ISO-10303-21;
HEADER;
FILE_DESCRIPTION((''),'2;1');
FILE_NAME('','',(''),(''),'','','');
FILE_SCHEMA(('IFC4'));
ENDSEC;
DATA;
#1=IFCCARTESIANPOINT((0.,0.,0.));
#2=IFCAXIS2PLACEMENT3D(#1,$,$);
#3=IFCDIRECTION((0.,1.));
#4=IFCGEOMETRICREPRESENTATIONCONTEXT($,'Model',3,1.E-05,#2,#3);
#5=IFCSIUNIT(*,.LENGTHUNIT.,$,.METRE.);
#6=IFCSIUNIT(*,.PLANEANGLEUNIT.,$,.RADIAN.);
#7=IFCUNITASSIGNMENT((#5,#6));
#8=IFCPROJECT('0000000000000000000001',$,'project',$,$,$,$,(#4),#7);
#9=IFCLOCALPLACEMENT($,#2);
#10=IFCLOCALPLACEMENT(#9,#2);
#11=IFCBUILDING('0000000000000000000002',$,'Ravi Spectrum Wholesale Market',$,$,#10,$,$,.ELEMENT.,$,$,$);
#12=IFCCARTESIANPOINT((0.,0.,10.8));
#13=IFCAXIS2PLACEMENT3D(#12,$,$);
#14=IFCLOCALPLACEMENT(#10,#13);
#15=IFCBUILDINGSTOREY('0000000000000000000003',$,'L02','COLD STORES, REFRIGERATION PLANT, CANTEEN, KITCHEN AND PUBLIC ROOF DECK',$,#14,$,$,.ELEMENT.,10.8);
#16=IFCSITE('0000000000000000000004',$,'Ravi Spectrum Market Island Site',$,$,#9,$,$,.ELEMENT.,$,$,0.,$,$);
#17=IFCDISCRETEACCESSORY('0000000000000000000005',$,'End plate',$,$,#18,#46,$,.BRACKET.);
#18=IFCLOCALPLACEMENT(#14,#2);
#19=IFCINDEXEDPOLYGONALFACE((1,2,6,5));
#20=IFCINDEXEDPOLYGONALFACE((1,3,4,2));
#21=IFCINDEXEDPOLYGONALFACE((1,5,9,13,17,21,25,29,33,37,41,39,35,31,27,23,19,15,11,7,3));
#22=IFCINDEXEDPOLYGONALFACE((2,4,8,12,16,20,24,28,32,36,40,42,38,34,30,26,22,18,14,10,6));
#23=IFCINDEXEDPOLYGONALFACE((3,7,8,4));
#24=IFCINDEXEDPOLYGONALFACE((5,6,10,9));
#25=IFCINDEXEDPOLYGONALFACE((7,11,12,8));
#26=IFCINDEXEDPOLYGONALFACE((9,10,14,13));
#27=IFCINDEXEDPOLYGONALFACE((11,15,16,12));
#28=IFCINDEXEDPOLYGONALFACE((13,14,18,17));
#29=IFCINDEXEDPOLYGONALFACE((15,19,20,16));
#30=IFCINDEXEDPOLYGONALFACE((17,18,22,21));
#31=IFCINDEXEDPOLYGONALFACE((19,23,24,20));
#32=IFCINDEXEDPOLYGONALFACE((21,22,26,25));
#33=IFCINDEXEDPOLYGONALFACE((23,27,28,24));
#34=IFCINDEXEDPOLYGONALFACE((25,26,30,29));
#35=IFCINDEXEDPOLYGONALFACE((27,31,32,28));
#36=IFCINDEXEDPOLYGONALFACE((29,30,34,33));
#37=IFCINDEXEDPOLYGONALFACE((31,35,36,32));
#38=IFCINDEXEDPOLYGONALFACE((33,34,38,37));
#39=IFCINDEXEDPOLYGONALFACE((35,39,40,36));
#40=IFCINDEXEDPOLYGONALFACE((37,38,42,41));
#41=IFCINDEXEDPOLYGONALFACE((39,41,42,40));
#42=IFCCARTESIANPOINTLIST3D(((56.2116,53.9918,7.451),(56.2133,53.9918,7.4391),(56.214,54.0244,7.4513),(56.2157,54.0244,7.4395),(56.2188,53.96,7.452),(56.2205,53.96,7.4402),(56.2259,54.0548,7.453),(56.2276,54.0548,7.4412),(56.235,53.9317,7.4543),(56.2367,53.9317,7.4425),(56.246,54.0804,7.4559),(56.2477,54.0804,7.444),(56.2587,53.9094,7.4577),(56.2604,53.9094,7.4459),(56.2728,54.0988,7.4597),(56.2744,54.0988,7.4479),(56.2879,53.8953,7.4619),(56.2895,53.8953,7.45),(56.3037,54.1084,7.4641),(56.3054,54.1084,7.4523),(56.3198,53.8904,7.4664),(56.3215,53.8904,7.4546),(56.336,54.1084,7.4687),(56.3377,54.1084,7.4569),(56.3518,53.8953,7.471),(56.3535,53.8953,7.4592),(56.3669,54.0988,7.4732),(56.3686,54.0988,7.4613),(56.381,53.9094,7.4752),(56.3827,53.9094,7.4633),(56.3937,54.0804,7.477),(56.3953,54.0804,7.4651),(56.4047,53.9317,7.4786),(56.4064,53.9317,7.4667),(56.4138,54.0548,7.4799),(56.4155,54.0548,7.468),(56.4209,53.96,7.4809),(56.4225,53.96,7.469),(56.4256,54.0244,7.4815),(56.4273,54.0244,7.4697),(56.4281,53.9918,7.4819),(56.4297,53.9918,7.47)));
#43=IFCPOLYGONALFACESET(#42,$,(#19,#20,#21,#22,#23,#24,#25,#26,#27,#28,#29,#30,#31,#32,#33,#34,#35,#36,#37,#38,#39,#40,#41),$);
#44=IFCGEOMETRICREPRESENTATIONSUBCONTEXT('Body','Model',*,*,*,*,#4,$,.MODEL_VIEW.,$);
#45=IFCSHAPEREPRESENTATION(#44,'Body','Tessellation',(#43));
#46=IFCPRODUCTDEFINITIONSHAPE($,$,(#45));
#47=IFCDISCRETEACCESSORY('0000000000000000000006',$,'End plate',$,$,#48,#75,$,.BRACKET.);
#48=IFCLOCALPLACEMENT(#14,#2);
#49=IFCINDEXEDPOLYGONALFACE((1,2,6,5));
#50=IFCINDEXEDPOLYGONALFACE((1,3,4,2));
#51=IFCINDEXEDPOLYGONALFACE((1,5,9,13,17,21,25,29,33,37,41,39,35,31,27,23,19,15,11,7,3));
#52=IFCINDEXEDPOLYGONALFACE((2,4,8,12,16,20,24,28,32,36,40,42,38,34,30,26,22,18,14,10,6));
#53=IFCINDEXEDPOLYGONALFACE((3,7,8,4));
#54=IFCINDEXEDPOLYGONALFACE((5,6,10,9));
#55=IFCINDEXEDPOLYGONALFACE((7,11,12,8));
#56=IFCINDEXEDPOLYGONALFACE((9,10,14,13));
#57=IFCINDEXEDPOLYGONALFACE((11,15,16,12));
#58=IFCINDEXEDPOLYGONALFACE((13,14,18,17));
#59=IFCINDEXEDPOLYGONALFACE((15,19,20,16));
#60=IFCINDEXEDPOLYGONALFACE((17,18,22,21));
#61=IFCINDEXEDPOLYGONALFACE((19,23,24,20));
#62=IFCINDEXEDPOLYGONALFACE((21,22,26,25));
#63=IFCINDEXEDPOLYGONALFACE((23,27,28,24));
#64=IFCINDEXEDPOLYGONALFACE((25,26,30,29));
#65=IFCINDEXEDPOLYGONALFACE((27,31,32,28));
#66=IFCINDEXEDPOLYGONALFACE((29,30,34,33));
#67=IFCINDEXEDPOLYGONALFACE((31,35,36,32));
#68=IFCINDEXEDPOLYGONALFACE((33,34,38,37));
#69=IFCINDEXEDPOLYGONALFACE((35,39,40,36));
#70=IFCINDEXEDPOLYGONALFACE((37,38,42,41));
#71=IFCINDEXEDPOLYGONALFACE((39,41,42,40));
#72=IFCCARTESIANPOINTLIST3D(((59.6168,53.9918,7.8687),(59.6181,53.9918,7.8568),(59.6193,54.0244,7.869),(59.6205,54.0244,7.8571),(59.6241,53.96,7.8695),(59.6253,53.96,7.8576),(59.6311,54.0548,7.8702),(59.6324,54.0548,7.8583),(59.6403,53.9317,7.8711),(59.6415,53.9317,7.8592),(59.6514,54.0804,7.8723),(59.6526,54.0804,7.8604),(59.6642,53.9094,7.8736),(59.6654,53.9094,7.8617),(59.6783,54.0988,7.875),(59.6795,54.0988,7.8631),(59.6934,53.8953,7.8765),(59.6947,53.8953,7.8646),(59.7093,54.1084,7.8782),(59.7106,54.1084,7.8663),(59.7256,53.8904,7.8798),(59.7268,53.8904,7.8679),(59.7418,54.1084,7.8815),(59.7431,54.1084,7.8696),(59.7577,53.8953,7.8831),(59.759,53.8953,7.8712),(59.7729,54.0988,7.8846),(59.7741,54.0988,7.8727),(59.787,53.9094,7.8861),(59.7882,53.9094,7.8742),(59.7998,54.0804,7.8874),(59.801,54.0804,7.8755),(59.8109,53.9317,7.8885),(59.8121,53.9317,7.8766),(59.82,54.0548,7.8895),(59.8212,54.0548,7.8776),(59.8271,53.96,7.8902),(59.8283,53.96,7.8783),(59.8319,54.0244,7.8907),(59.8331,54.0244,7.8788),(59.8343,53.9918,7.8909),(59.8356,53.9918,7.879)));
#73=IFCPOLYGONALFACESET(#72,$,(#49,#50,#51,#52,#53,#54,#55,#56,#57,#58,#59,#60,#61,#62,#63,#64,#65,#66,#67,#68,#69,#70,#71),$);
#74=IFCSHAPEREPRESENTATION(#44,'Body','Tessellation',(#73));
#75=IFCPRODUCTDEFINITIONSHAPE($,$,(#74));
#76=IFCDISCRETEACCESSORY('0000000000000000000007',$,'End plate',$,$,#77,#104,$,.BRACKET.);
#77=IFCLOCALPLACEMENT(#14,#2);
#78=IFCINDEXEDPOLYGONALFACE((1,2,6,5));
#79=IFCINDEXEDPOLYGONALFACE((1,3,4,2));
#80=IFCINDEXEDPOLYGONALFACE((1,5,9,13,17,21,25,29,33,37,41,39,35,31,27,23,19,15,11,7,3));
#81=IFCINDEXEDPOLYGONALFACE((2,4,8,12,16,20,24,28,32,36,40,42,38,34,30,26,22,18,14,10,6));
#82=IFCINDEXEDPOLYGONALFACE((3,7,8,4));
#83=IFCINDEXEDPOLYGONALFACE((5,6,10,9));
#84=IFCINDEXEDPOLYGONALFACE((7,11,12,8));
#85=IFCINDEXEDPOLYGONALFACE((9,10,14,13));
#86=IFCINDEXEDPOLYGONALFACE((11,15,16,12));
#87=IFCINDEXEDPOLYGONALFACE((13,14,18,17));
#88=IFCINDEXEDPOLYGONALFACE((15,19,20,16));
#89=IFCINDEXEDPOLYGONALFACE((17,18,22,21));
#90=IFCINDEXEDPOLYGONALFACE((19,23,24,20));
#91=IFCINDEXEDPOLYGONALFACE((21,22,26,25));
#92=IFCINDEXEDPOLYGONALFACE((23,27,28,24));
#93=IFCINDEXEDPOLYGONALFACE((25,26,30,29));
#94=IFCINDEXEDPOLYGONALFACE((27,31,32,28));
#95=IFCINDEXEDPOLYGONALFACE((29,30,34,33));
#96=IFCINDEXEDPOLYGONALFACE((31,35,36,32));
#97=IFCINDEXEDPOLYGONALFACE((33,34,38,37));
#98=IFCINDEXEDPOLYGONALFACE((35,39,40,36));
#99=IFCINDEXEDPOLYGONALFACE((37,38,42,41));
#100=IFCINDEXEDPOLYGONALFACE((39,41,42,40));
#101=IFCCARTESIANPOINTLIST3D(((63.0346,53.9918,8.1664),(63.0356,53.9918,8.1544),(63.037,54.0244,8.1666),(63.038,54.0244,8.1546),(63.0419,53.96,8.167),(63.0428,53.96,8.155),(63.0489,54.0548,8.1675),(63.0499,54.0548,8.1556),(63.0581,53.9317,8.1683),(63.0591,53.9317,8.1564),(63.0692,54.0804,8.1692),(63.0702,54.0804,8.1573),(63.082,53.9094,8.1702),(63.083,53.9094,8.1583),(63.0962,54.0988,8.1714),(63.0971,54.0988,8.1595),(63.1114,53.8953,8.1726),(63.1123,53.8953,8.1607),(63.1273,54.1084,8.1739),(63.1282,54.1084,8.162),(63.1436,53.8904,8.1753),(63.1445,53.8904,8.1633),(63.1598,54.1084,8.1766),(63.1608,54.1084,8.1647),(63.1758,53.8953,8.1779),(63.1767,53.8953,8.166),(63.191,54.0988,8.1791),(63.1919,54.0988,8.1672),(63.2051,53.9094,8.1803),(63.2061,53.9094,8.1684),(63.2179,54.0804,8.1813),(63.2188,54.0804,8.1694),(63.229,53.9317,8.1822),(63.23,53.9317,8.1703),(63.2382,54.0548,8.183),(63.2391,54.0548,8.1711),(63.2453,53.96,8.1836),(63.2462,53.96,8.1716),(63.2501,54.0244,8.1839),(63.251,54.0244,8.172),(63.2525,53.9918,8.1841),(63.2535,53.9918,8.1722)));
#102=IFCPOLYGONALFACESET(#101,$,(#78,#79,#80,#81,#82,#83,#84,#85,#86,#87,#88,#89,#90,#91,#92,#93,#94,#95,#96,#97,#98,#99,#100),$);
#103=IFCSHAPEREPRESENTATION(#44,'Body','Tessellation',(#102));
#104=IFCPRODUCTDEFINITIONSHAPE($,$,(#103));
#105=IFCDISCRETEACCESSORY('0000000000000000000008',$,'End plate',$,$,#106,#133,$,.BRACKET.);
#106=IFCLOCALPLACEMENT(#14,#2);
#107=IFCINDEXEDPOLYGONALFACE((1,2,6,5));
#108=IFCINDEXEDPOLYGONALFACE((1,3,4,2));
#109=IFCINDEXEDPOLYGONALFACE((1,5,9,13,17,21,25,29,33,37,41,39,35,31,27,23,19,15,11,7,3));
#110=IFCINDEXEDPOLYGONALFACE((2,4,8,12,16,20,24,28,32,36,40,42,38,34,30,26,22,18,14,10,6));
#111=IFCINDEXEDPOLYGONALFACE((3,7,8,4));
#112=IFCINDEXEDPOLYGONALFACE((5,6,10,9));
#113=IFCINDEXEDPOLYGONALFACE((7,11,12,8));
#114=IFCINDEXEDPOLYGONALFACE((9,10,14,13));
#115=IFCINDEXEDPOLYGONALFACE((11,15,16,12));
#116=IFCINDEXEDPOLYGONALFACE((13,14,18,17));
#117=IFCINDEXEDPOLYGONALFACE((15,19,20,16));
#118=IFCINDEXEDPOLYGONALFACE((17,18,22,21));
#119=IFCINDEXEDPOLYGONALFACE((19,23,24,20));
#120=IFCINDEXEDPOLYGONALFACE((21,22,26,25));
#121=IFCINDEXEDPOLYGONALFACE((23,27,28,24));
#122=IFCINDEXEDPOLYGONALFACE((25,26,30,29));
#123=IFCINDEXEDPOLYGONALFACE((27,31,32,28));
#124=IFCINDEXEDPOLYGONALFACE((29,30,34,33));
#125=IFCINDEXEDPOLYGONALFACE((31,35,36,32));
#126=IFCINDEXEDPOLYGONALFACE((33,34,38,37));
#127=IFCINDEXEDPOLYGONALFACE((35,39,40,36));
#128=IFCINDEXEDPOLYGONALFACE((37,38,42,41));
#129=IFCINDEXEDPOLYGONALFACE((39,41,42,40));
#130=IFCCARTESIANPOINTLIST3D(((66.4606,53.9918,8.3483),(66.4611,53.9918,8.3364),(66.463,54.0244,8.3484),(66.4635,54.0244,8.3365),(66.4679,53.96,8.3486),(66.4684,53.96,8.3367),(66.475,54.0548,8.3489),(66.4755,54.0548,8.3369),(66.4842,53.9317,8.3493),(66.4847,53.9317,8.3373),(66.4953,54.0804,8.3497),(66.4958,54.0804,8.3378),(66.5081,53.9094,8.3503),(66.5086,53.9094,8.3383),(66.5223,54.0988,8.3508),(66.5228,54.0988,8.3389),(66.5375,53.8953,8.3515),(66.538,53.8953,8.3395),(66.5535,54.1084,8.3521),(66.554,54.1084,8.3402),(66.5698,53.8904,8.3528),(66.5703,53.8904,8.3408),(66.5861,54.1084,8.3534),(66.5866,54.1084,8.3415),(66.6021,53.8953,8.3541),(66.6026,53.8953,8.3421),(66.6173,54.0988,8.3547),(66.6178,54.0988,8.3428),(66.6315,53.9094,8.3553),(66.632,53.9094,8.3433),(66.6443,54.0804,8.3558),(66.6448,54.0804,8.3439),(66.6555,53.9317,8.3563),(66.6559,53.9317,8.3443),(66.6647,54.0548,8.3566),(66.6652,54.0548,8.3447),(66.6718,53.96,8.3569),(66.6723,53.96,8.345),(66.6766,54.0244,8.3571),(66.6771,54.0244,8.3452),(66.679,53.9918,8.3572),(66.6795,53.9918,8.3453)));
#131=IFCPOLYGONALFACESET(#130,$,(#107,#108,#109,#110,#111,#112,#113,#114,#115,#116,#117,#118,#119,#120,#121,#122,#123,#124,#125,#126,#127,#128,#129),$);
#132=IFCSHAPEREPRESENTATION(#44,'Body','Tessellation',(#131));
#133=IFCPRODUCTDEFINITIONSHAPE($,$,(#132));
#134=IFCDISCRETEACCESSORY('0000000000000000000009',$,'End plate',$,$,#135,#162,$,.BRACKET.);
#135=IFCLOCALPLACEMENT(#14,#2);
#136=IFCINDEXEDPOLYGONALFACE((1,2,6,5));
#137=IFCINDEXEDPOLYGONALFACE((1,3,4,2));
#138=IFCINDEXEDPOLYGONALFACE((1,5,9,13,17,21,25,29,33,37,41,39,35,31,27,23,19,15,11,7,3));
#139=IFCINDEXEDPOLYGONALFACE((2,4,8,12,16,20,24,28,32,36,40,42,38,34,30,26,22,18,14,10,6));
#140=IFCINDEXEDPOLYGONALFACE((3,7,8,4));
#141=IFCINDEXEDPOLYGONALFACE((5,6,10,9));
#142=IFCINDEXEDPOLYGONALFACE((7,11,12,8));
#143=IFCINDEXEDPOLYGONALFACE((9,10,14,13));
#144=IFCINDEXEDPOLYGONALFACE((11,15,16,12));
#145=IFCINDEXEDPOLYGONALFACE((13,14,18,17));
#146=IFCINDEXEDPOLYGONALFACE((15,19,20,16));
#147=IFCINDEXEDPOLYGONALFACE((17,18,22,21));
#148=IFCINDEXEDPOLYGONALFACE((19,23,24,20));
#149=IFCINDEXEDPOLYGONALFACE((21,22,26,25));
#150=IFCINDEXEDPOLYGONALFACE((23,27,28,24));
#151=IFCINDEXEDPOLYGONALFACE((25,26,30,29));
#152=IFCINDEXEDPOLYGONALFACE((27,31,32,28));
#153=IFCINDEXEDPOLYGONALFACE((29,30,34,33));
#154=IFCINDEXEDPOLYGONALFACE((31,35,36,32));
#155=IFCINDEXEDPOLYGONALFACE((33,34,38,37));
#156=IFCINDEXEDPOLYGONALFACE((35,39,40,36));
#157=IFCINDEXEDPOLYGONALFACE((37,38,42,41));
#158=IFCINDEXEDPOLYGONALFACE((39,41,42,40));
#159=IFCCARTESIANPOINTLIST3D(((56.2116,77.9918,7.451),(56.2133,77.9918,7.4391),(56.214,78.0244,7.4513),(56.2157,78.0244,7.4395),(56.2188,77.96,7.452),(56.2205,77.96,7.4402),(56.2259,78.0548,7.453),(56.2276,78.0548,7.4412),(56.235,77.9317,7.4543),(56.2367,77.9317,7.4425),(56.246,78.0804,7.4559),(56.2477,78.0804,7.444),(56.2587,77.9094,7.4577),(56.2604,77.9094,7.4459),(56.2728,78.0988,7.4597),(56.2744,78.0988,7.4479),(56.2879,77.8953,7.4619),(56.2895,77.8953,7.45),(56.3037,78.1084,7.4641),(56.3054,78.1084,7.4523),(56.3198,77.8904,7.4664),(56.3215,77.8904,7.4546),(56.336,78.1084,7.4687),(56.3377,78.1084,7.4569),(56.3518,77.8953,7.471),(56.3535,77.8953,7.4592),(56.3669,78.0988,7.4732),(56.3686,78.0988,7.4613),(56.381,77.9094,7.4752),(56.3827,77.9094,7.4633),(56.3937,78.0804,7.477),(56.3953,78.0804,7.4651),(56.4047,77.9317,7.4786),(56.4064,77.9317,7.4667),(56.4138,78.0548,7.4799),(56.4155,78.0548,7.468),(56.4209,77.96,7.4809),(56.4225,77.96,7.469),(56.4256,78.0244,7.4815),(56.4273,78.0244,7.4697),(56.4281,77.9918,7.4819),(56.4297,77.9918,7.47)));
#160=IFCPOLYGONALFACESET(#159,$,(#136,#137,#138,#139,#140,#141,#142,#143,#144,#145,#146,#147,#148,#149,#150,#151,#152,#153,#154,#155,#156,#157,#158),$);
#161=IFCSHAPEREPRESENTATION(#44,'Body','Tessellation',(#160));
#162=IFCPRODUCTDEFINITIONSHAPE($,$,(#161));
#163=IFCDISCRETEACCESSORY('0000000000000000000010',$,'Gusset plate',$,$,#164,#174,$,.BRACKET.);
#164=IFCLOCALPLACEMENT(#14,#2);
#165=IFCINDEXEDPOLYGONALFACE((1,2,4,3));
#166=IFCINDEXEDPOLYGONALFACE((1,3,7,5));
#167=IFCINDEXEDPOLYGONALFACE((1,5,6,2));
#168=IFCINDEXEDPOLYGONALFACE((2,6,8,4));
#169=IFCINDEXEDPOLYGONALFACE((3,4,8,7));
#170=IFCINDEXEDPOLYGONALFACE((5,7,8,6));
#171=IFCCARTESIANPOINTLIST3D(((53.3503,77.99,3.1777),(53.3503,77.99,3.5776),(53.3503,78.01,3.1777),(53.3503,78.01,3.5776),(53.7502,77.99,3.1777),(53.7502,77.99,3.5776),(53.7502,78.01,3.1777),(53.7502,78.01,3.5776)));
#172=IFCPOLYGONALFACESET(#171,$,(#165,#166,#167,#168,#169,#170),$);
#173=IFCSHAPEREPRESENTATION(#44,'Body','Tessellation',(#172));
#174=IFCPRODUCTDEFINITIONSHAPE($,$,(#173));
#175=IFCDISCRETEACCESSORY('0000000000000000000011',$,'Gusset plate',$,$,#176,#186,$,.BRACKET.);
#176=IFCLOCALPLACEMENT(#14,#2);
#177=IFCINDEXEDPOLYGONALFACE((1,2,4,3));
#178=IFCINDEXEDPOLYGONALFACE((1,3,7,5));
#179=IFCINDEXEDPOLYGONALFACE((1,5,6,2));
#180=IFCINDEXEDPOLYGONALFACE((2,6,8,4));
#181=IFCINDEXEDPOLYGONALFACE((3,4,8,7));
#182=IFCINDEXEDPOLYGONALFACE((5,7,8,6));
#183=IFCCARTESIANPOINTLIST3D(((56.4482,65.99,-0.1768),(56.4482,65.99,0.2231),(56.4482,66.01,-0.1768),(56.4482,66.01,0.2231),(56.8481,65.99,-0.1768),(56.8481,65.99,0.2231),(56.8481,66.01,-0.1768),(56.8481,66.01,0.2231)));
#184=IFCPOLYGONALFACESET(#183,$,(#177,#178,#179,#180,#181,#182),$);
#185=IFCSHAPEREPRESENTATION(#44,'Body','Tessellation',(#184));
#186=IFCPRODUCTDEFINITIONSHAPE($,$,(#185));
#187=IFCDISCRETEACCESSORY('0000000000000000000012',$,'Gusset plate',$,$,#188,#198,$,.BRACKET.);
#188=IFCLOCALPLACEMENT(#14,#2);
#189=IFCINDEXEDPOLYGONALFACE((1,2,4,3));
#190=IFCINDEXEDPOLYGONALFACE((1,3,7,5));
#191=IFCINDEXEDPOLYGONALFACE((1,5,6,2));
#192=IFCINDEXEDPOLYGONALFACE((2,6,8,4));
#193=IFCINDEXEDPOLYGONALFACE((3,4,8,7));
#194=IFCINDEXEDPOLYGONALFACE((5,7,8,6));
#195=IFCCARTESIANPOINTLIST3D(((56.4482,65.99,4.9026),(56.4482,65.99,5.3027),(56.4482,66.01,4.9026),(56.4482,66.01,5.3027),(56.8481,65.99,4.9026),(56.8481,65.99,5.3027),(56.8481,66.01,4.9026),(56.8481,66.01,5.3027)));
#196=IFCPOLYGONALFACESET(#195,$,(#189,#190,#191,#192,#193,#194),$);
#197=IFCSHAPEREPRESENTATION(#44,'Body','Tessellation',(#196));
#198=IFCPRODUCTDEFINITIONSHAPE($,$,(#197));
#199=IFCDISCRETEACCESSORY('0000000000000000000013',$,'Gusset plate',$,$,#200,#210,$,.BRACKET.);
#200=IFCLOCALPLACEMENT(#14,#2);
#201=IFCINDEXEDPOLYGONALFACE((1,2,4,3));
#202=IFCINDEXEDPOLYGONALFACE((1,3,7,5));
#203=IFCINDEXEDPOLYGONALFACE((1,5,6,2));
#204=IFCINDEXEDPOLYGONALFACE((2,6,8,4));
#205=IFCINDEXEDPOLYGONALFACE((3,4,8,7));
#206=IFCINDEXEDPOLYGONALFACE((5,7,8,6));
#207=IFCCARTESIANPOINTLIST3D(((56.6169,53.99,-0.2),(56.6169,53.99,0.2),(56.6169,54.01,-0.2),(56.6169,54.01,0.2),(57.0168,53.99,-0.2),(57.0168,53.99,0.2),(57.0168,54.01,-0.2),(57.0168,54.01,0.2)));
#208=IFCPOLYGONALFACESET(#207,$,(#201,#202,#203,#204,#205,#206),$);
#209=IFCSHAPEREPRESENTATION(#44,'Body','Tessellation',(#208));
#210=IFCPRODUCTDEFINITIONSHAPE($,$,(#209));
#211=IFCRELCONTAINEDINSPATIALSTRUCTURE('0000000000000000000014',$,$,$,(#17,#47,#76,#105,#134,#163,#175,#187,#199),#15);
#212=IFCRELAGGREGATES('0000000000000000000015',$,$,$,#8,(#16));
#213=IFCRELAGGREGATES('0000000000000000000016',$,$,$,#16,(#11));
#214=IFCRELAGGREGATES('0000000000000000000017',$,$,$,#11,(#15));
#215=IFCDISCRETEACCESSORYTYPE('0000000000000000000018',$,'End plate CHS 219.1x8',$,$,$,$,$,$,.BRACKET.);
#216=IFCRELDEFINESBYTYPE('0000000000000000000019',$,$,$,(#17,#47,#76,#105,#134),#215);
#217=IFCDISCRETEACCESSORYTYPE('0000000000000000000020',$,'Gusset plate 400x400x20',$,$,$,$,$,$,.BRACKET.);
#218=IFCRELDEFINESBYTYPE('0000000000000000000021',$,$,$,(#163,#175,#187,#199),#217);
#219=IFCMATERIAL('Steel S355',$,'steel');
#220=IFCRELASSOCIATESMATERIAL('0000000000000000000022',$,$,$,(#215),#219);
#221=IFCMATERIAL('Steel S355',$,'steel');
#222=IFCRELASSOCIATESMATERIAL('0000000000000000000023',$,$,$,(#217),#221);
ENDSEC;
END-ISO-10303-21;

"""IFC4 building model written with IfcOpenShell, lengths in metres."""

from ifc_helpers import new_model, si_unit, direction, frame, origin, origin_2d, place, context, subcontext, project, spatial, rectangle, circle, extrude, material, material_profile, profile_set, type_object, element, save


model = new_model("IFC4")

# Units and contexts
model_context = context("Model", 3, precision=1e-05, world=origin(), true_north=direction((0.0, 1.0)))
body_context = subcontext(model_context, "Body", "Model", "MODEL_VIEW")
ifc_project = project(units=[si_unit("LENGTHUNIT", "METRE"), si_unit("PLANEANGLEUNIT", "RADIAN")], contexts=[model_context])

# Site, building, storey
site_placement = place(None, origin())
site = spatial("IfcSite", under=ifc_project, at=site_placement, Name="Ravi Spectrum Market Island Site", CompositionType="ELEMENT", RefElevation=0.0)
building_placement = place(site_placement, origin())
building = spatial("IfcBuilding", under=site, at=building_placement, Name="Ravi Spectrum Wholesale Market", CompositionType="ELEMENT")
storey_placement = place(building_placement, frame((0.0, 0.0, 10.8)))
storey = spatial("IfcBuildingStorey", under=building, at=storey_placement, Name="L02", Description="COLD STORES, REFRIGERATION PLANT, CANTEEN, KITCHEN AND PUBLIC ROOF DECK", CompositionType="ELEMENT", Elevation=10.8)

# Discrete accessories
ifc_material_1 = material(Name="Steel S355", Category="steel")
ifc_material_profile_1 = material_profile(ifc_material_1, circle(Radius=0.1096, at=origin_2d()))
ifc_profile_set_1 = profile_set([ifc_material_profile_1], Name="Steel S355")
discrete_accessory_type_1 = type_object("IfcDiscreteAccessoryType", Name="End plate CHS 219.1x8", PredefinedType="BRACKET", material=ifc_profile_set_1)
for number, where, z_axis, x_axis, name in (
    (1, (56.3215, 54.0, 7.4546), (-0.141421, 0.0, 0.989949), (0.0, -1.0, 0.0), "End plate"),
    (2, (59.7268, 54.0, 7.8679), (-0.101514, 0.0, 0.994834), (0.0, -1.0, 0.0), "End plate"),
    (3, (63.1445, 54.0, 8.1633), (-0.081362, 0.0, 0.996685), (0.0, -1.0, 0.0), "End plate"),
    (4, (66.5703, 54.0, 8.3408), (-0.040782, 0.0, 0.999168), (0.0, -1.0, 0.0), "End plate"),
    (5, (56.3215, 78.0, 7.4546), (-0.141421, 0.0, 0.989949), (0.0, -1.0, 0.0), "End plate"),
):
    element("IfcDiscreteAccessory", number, at=place(storey_placement, frame(where, z_axis=z_axis, x_axis=x_axis)), inside=storey, type_object=discrete_accessory_type_1, Name=name, PredefinedType="BRACKET", context=body_context, shape_type="SweptSolid", body=[
        extrude(circle(Radius=0.1096, at=origin_2d()), origin(), (0.0, 0.0, 1.0), 0.012),
    ])
ifc_material_2 = material(Name="Steel S355", Category="steel")
ifc_material_profile_2 = material_profile(ifc_material_2, rectangle(XDim=0.3999, YDim=0.02, at=origin_2d()))
ifc_profile_set_2 = profile_set([ifc_material_profile_2], Name="Steel S355")
discrete_accessory_type_2 = type_object("IfcDiscreteAccessoryType", Name="Gusset plate 400x400x20", PredefinedType="BRACKET", material=ifc_profile_set_2)
for number, where, z_axis, x_axis, name in (
    (6, (53.5503, 78.0, 3.1777), (0.0, 0.0, 1.0), (1.0, 0.0, 0.0), "Gusset plate"),
    (7, (56.6482, 66.0, -0.1768), (0.0, 0.0, 1.0), (1.0, 0.0, 0.0), "Gusset plate"),
):
    element("IfcDiscreteAccessory", number, at=place(storey_placement, frame(where, z_axis=z_axis, x_axis=x_axis)), inside=storey, type_object=discrete_accessory_type_2, Name=name, PredefinedType="BRACKET", context=body_context, shape_type="SweptSolid", body=[
        extrude(rectangle(XDim=0.3999, YDim=0.02, at=origin_2d()), origin(), (0.0, 0.0, 1.0), 0.3999),
    ])
discrete_accessory_1_placement = place(storey_placement, frame((56.6482, 66.0, 4.9026), z_axis=(0.0, 0.0, 1.0), x_axis=(1.0, 0.0, 0.0)))
element("IfcDiscreteAccessory", 8, at=discrete_accessory_1_placement, inside=storey, type_object=discrete_accessory_type_2, Name="Gusset plate", PredefinedType="BRACKET", context=body_context, shape_type="SweptSolid", body=[
    extrude(rectangle(XDim=0.3999, YDim=0.02, at=origin_2d()), origin(), (0.0, 0.0, 1.0), 0.4001),
])
for number, where, z_axis, x_axis, name in (
    (9, (56.8169, 54.0, -0.2), (0.0, 0.0, 1.0), (1.0, 0.0, 0.0), "Gusset plate"),
):
    element("IfcDiscreteAccessory", number, at=place(storey_placement, frame(where, z_axis=z_axis, x_axis=x_axis)), inside=storey, type_object=discrete_accessory_type_2, Name=name, PredefinedType="BRACKET", context=body_context, shape_type="SweptSolid", body=[
        extrude(rectangle(XDim=0.3999, YDim=0.02, at=origin_2d()), origin(), (0.0, 0.0, 1.0), 0.3999),
    ])

save(model, "model.ifc")
